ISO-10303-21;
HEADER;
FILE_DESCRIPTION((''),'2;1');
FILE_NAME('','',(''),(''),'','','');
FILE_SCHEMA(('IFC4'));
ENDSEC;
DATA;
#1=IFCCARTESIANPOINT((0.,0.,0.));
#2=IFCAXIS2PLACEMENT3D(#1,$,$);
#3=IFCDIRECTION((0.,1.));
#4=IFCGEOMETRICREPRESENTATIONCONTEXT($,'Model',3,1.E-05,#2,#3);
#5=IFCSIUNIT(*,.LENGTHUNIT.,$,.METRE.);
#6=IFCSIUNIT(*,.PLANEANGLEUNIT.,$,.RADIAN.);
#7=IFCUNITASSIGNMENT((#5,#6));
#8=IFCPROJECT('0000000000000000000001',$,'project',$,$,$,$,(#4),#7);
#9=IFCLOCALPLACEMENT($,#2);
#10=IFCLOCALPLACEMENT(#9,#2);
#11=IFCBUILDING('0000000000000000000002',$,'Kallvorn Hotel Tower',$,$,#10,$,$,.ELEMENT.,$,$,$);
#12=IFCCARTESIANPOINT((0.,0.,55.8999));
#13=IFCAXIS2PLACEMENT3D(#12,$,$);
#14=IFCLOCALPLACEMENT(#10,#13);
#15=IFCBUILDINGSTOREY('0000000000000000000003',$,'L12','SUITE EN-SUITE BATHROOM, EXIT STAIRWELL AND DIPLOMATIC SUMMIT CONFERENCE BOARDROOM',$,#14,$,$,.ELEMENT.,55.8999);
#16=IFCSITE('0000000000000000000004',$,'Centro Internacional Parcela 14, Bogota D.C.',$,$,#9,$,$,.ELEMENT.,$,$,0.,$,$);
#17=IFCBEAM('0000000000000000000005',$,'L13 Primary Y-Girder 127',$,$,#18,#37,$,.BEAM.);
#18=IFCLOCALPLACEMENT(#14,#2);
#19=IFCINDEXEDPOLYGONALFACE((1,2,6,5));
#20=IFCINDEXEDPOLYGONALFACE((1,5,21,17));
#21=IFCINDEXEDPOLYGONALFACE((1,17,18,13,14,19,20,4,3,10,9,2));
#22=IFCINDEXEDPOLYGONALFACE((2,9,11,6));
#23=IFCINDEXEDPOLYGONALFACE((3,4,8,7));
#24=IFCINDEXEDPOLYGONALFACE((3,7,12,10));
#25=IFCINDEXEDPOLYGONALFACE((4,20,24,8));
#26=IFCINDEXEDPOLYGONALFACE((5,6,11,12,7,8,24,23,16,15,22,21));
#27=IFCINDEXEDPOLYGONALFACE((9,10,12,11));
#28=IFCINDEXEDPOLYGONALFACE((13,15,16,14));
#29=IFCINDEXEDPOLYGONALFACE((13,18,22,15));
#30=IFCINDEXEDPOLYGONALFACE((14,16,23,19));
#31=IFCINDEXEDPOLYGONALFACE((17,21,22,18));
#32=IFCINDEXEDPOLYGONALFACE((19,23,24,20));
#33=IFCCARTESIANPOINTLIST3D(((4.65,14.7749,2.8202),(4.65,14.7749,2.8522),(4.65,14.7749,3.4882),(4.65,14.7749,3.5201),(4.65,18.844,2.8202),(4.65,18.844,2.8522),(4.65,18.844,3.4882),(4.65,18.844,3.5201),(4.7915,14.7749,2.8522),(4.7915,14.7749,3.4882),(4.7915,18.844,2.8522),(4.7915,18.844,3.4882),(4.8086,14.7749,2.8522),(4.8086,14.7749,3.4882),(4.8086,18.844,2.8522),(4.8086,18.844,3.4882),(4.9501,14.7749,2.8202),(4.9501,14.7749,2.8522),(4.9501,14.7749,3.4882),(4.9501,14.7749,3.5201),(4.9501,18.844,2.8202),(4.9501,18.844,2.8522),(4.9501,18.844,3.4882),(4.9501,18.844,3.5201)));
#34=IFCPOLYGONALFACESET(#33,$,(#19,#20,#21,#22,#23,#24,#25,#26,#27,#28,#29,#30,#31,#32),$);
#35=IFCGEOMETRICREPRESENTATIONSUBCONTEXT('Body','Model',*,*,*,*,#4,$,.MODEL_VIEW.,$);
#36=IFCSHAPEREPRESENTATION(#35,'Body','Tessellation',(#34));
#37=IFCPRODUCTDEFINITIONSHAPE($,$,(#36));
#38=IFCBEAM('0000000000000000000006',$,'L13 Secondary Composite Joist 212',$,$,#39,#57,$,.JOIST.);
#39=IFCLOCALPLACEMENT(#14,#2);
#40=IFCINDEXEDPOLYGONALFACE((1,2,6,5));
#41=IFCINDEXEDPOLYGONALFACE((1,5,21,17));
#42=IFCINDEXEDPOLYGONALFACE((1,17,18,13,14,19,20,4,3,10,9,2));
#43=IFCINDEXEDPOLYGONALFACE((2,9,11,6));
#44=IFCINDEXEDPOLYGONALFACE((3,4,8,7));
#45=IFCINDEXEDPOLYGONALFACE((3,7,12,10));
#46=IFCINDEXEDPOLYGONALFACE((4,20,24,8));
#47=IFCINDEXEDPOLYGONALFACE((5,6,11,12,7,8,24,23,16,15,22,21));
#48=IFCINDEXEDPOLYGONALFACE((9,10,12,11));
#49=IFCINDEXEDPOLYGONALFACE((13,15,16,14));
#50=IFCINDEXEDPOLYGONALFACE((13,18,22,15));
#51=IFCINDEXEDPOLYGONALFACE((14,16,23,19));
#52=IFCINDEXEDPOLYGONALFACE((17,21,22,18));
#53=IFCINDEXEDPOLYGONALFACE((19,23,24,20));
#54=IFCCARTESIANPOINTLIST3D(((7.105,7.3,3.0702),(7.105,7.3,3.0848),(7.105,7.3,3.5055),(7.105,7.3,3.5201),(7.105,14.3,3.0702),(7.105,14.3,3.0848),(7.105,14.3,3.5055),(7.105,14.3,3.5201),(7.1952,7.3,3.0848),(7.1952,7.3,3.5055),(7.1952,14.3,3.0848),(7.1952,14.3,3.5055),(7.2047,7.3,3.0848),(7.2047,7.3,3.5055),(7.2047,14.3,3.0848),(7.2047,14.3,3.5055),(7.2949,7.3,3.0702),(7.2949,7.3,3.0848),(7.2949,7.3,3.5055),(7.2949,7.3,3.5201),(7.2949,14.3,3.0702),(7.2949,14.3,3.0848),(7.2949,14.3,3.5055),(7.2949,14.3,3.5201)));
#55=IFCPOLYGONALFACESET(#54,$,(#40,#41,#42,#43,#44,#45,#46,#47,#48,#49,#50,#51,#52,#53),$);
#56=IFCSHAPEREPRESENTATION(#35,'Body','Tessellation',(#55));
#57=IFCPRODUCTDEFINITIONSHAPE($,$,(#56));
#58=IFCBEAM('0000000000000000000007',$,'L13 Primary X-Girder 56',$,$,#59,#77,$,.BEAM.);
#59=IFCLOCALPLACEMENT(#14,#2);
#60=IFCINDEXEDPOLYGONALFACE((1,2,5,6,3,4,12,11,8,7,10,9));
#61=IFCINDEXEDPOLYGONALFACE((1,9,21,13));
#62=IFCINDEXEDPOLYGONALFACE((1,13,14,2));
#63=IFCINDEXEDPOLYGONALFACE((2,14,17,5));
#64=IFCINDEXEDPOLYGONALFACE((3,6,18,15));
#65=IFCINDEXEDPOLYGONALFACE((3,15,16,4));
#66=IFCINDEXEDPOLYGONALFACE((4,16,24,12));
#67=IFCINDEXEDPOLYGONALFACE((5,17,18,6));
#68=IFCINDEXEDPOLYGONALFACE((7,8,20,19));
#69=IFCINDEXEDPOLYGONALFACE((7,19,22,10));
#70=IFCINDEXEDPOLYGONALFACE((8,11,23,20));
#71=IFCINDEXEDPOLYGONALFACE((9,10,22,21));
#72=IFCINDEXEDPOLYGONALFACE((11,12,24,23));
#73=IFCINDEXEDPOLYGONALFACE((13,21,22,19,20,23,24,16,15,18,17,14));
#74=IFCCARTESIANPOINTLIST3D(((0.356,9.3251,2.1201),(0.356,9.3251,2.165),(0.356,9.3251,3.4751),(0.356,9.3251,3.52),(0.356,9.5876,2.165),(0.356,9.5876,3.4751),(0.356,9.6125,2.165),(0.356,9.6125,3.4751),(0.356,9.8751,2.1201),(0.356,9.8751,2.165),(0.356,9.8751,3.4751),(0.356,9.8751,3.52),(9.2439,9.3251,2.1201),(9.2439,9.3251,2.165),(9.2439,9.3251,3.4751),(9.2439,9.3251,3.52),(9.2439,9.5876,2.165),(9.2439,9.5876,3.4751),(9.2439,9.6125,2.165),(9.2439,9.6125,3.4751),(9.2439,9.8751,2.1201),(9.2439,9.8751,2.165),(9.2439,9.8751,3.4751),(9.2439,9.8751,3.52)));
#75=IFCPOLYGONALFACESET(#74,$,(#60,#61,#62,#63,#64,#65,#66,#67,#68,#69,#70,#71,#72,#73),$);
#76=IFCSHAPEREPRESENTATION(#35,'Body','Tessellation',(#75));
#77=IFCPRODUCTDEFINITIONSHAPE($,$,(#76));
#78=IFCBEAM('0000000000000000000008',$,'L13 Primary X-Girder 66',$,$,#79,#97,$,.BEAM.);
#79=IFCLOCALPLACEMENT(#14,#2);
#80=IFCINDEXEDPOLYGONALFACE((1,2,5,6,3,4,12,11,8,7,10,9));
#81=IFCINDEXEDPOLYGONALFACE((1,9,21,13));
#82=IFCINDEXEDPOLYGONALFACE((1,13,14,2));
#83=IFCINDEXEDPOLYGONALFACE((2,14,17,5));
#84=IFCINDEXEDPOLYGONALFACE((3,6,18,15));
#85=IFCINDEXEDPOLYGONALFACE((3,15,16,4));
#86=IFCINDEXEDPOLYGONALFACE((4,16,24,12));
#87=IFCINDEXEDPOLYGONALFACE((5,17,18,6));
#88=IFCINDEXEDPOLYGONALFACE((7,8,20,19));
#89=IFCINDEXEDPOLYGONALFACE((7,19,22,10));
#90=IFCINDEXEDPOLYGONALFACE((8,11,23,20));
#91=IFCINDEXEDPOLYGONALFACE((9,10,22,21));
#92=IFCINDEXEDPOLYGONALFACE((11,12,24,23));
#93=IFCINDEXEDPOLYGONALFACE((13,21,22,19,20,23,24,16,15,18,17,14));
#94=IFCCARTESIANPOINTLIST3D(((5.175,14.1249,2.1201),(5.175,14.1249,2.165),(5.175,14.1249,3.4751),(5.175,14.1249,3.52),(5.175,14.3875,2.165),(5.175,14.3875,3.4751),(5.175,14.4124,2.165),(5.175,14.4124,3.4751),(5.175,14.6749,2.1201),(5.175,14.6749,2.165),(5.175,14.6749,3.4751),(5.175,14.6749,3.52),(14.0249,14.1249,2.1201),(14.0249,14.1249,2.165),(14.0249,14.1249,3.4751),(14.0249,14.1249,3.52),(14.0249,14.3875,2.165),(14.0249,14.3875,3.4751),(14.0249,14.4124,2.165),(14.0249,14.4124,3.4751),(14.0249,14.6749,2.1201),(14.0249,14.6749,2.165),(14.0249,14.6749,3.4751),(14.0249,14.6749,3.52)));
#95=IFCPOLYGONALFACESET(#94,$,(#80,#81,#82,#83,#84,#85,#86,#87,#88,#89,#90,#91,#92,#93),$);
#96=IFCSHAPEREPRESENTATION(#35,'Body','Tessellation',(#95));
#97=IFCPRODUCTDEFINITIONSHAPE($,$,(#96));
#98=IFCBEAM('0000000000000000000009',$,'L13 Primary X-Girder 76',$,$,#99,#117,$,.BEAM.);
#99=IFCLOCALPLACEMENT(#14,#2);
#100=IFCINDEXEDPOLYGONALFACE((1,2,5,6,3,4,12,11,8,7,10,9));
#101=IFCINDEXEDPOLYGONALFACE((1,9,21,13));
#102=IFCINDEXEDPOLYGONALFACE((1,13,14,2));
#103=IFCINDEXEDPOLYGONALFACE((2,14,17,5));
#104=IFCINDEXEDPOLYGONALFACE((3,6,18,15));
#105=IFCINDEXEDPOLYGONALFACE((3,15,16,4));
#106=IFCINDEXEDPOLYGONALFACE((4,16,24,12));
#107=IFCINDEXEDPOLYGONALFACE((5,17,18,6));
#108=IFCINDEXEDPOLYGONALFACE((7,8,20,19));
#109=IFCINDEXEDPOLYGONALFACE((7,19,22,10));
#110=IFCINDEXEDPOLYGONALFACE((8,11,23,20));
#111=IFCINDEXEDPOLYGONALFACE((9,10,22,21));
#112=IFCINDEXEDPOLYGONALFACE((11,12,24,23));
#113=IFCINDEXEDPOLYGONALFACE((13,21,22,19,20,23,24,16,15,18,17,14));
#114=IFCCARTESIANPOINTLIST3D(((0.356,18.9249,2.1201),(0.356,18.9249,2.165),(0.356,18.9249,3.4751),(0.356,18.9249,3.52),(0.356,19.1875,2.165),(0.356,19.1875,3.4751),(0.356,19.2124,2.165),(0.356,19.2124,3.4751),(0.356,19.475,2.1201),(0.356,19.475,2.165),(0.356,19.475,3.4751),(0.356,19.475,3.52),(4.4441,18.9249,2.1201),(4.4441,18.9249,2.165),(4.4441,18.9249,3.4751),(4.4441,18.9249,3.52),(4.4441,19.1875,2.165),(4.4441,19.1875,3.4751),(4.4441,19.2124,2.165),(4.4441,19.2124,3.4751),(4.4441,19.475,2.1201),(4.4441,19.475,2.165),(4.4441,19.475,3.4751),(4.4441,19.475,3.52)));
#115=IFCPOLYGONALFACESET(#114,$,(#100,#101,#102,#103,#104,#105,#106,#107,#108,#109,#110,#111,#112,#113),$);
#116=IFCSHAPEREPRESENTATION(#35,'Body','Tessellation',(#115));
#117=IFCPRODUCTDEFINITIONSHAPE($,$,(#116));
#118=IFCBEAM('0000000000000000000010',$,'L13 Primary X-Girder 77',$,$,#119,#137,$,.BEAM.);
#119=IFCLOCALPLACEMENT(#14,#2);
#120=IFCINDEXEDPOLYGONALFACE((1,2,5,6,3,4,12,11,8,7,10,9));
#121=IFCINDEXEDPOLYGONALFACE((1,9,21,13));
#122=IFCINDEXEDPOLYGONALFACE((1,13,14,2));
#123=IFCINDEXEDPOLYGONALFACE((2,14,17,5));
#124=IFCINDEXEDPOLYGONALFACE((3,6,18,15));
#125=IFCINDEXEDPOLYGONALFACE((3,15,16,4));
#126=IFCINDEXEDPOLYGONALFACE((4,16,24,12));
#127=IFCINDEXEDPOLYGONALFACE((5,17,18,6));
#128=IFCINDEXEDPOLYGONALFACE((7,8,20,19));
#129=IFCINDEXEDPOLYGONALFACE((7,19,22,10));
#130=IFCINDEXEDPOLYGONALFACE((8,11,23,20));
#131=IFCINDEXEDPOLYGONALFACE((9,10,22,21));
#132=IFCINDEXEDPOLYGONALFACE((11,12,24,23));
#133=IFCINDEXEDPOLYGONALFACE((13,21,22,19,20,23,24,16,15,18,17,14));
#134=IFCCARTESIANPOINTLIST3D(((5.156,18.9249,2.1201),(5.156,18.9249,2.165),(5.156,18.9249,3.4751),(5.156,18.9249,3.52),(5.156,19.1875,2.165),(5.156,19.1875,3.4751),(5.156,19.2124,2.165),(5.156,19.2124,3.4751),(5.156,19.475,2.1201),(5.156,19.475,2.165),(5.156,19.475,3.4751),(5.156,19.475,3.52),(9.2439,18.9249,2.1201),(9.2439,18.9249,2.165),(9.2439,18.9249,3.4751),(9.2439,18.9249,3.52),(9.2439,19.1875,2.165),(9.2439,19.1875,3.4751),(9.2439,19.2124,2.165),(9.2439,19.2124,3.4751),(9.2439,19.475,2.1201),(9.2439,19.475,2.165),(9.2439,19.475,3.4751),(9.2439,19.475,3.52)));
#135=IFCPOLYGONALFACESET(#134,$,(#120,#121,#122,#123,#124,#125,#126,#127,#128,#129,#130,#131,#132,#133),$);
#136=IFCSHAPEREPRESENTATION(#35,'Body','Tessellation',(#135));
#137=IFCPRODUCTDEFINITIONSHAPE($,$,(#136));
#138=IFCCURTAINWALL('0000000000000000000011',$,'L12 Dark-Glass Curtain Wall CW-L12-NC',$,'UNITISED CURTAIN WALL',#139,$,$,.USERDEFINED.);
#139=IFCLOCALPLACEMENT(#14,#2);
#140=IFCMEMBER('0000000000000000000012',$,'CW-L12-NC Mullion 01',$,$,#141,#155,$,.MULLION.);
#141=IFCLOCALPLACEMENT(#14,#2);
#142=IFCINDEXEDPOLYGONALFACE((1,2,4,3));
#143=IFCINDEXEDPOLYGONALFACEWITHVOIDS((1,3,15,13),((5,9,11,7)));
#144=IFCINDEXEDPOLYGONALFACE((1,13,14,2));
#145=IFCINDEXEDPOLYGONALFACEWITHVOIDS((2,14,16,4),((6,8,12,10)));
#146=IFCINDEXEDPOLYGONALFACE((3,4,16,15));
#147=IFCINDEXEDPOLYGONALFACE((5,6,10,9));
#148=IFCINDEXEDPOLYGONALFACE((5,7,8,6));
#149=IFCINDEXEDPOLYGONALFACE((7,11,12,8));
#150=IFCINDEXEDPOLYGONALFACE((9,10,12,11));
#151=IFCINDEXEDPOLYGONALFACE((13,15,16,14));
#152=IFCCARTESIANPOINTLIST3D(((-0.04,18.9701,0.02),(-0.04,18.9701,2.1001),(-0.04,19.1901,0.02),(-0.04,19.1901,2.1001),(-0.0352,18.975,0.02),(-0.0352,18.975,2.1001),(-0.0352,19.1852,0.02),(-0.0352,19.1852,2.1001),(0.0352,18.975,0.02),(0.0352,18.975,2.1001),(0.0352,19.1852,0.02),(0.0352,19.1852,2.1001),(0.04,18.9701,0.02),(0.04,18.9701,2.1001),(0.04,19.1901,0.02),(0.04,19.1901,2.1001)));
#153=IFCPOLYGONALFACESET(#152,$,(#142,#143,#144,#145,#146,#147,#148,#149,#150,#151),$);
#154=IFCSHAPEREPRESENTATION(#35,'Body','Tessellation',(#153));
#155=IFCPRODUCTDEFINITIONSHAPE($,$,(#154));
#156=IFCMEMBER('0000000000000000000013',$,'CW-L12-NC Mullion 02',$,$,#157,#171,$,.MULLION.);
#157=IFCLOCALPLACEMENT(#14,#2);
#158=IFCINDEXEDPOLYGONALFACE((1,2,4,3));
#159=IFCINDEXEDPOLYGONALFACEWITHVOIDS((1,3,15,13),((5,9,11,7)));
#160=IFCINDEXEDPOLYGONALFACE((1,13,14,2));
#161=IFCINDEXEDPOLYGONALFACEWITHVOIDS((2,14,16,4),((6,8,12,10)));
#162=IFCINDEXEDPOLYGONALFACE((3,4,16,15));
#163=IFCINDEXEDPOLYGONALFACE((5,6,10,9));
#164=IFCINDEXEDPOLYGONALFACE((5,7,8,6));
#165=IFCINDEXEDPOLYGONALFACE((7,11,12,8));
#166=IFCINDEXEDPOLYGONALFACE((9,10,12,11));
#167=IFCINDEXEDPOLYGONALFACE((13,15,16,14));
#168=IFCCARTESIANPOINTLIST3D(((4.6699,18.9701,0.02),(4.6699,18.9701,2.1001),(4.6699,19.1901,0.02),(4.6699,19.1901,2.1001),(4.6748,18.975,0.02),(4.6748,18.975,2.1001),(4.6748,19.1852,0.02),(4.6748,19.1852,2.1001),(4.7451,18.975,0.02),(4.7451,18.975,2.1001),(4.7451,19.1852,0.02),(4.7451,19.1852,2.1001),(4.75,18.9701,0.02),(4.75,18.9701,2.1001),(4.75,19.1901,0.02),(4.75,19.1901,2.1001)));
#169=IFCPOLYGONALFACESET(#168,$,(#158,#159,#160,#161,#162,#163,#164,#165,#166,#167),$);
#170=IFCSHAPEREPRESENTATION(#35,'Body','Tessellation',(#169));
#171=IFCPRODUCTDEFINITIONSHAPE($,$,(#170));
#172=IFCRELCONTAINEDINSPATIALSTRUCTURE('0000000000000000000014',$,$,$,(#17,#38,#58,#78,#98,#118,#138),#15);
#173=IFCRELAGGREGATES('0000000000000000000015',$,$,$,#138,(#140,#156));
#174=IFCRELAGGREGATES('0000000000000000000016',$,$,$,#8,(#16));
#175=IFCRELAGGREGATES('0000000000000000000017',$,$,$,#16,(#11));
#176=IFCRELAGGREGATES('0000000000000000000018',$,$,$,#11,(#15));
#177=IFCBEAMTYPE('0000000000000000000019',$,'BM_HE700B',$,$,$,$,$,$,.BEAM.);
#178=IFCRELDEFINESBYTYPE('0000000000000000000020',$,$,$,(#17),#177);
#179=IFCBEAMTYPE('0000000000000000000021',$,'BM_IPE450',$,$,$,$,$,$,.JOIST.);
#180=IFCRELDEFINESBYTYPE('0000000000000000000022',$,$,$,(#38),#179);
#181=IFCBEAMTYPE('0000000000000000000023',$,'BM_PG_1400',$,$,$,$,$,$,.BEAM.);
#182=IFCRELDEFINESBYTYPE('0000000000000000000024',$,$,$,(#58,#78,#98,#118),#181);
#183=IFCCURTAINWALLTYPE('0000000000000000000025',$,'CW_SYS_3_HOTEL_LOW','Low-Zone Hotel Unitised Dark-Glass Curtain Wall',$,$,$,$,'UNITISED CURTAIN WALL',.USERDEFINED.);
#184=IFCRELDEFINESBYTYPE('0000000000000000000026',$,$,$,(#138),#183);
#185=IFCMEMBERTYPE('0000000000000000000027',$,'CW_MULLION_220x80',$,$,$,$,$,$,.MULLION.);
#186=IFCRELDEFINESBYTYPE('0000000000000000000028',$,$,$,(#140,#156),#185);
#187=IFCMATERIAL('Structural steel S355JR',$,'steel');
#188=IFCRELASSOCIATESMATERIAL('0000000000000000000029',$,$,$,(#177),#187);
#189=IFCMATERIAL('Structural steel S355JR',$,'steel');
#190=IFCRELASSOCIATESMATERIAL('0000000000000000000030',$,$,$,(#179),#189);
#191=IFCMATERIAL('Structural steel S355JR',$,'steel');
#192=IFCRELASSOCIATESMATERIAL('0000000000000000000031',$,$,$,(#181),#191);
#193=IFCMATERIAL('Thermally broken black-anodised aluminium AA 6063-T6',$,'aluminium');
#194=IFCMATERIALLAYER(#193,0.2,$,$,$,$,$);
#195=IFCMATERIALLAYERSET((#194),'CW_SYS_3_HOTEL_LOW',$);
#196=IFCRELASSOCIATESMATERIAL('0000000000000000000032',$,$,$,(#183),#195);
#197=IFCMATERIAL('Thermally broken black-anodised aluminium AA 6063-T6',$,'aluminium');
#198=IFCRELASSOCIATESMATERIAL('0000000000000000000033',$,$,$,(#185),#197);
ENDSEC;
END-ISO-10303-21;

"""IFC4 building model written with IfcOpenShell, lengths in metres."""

from ifc_helpers import new_model, si_unit, direction, frame, origin, origin_2d, place, context, subcontext, project, spatial, hollow_rectangle, i_section, extrude, material, layer, layer_set, material_profile, profile_set, type_object, element, aggregate, save


model = new_model("IFC4")

# Units and contexts
model_context = context("Model", 3, precision=1e-05, world=origin(), true_north=direction((0.0, 1.0)))
body_context = subcontext(model_context, "Body", "Model", "MODEL_VIEW")
ifc_project = project(units=[si_unit("LENGTHUNIT", "METRE"), si_unit("PLANEANGLEUNIT", "RADIAN")], contexts=[model_context])

# Site, building, storey
site_placement = place(None, origin())
site = spatial("IfcSite", under=ifc_project, at=site_placement, Name="Centro Internacional Parcela 14, Bogota D.C.", CompositionType="ELEMENT", RefElevation=0.0)
building_placement = place(site_placement, origin())
building = spatial("IfcBuilding", under=site, at=building_placement, Name="Kallvorn Hotel Tower", CompositionType="ELEMENT")
storey_placement = place(building_placement, frame((0.0, 0.0, 55.8999)))
storey = spatial("IfcBuildingStorey", under=building, at=storey_placement, Name="L12", Description="SUITE EN-SUITE BATHROOM, EXIT STAIRWELL AND DIPLOMATIC SUMMIT CONFERENCE BOARDROOM", CompositionType="ELEMENT", Elevation=55.8999)

# Beams
ifc_material_1 = material(Name="Structural steel S355JR", Category="steel")
ifc_material_profile_1 = material_profile(ifc_material_1, i_section(OverallWidth=0.3, OverallDepth=0.7, WebThickness=0.0171, FlangeThickness=0.032, at=origin_2d()), Name="HE 700 B")
ifc_profile_set_1 = profile_set([ifc_material_profile_1], Name="Structural steel S355JR")
beam_type_1 = type_object("IfcBeamType", Name="BM_HE700B", PredefinedType="BEAM", material=ifc_profile_set_1)
beam_1_placement = place(storey_placement, frame((4.8, 14.7749, 3.1702), z_axis=(0.0, 1.0, 0.0), x_axis=(-1.0, 0.0, 0.0)))
element("IfcBeam", 1, at=beam_1_placement, inside=storey, type_object=beam_type_1, Name="L13 Primary Y-Girder 127", PredefinedType="BEAM", context=body_context, shape_type="SweptSolid", body=[
    extrude(i_section(OverallWidth=0.3, OverallDepth=0.7, WebThickness=0.0171, FlangeThickness=0.032, at=origin_2d()), origin(), (0.0, 0.0, 1.0), 4.0691),
])
ifc_material_2 = material(Name="Structural steel S355JR", Category="steel")
ifc_material_profile_2 = material_profile(ifc_material_2, i_section(OverallWidth=0.1899, OverallDepth=0.45, WebThickness=0.0095, FlangeThickness=0.0146, at=origin_2d()), Name="IPE 450")
ifc_profile_set_2 = profile_set([ifc_material_profile_2], Name="Structural steel S355JR")
beam_type_2 = type_object("IfcBeamType", Name="BM_IPE450", PredefinedType="JOIST", material=ifc_profile_set_2)
beam_2_placement = place(storey_placement, frame((7.2, 7.3, 3.2952), z_axis=(0.0, 1.0, 0.0), x_axis=(-1.0, 0.0, 0.0)))
element("IfcBeam", 2, at=beam_2_placement, inside=storey, type_object=beam_type_2, Name="L13 Secondary Composite Joist 212", PredefinedType="JOIST", context=body_context, shape_type="SweptSolid", body=[
    extrude(i_section(OverallWidth=0.1899, OverallDepth=0.45, WebThickness=0.0095, FlangeThickness=0.0146, at=origin_2d()), origin(), (0.0, 0.0, 1.0), 7.0),
])
ifc_material_3 = material(Name="Structural steel S355JR", Category="steel")
ifc_material_profile_3 = material_profile(ifc_material_3, i_section(OverallWidth=0.55, OverallDepth=1.3999, WebThickness=0.0249, FlangeThickness=0.0449, at=origin_2d()), Name="PG 1400x550x25x45")
ifc_profile_set_3 = profile_set([ifc_material_profile_3], Name="Structural steel S355JR")
beam_type_3 = type_object("IfcBeamType", Name="BM_PG_1400", PredefinedType="BEAM", material=ifc_profile_set_3)
beam_3_placement = place(storey_placement, frame((0.356, 9.6001, 2.8201), z_axis=(1.0, 0.0, 0.0), x_axis=(0.0, 1.0, 0.0)))
element("IfcBeam", 3, at=beam_3_placement, inside=storey, type_object=beam_type_3, Name="L13 Primary X-Girder 56", PredefinedType="BEAM", context=body_context, shape_type="SweptSolid", body=[
    extrude(i_section(OverallWidth=0.55, OverallDepth=1.3999, WebThickness=0.0249, FlangeThickness=0.0449, at=origin_2d()), origin(), (0.0, 0.0, 1.0), 8.8879),
])
beam_4_placement = place(storey_placement, frame((5.175, 14.3999, 2.8201), z_axis=(1.0, 0.0, 0.0), x_axis=(0.0, 1.0, 0.0)))
element("IfcBeam", 4, at=beam_4_placement, inside=storey, type_object=beam_type_3, Name="L13 Primary X-Girder 66", PredefinedType="BEAM", context=body_context, shape_type="SweptSolid", body=[
    extrude(i_section(OverallWidth=0.55, OverallDepth=1.3999, WebThickness=0.0249, FlangeThickness=0.0449, at=origin_2d()), origin(), (0.0, 0.0, 1.0), 8.8499),
])
beam_5_placement = place(storey_placement, frame((0.356, 19.2, 2.8201), z_axis=(1.0, 0.0, 0.0), x_axis=(0.0, 1.0, 0.0)))
element("IfcBeam", 5, at=beam_5_placement, inside=storey, type_object=beam_type_3, Name="L13 Primary X-Girder 76", PredefinedType="BEAM", context=body_context, shape_type="SweptSolid", body=[
    extrude(i_section(OverallWidth=0.55, OverallDepth=1.3999, WebThickness=0.0249, FlangeThickness=0.0449, at=origin_2d()), origin(), (0.0, 0.0, 1.0), 4.0881),
])
beam_6_placement = place(storey_placement, frame((5.156, 19.2, 2.8201), z_axis=(1.0, 0.0, 0.0), x_axis=(0.0, 1.0, 0.0)))
element("IfcBeam", 6, at=beam_6_placement, inside=storey, type_object=beam_type_3, Name="L13 Primary X-Girder 77", PredefinedType="BEAM", context=body_context, shape_type="SweptSolid", body=[
    extrude(i_section(OverallWidth=0.55, OverallDepth=1.3999, WebThickness=0.0249, FlangeThickness=0.0449, at=origin_2d()), origin(), (0.0, 0.0, 1.0), 4.0879),
])

# Curtain wall, members
ifc_material_4 = material(Name="Thermally broken black-anodised aluminium AA 6063-T6", Category="aluminium")
ifc_layer_1 = layer(ifc_material_4, 0.2)
ifc_layer_set_1 = layer_set([ifc_layer_1], Name="CW_SYS_3_HOTEL_LOW")
curtain_wall_type = type_object("IfcCurtainWallType", Name="CW_SYS_3_HOTEL_LOW", Description="Low-Zone Hotel Unitised Dark-Glass Curtain Wall", ElementType="UNITISED CURTAIN WALL", PredefinedType="USERDEFINED", material=ifc_layer_set_1)
curtain_wall_placement = place(storey_placement, origin())
curtain_wall = element("IfcCurtainWall", 7, at=curtain_wall_placement, inside=storey, type_object=curtain_wall_type, Name="L12 Dark-Glass Curtain Wall CW-L12-NC", ObjectType="UNITISED CURTAIN WALL", PredefinedType="USERDEFINED")
ifc_material_5 = material(Name="Thermally broken black-anodised aluminium AA 6063-T6", Category="aluminium")
ifc_material_profile_4 = material_profile(ifc_material_5, hollow_rectangle(XDim=0.0801, YDim=0.22, WallThickness=0.0049, at=origin_2d()), Name="MUL 220x80")
ifc_profile_set_4 = profile_set([ifc_material_profile_4], Name="Thermally broken black-anodised aluminium AA 6063-T6")
member_type_1 = type_object("IfcMemberType", Name="CW_MULLION_220x80", PredefinedType="MULLION", material=ifc_profile_set_4)
member_1_placement = place(storey_placement, frame((0.0, 19.0801, 0.02), z_axis=(0.0, 0.0, 1.0), x_axis=(1.0, 0.0, 0.0)))
member_1 = element("IfcMember", 8, at=member_1_placement, type_object=member_type_1, Name="CW-L12-NC Mullion 01", PredefinedType="MULLION", context=body_context, shape_type="SweptSolid", body=[
    extrude(hollow_rectangle(XDim=0.0801, YDim=0.22, WallThickness=0.0049, at=origin_2d()), origin(), (0.0, 0.0, 1.0), 2.0801),
])
member_2_placement = place(storey_placement, frame((4.71, 19.0801, 0.02), z_axis=(0.0, 0.0, 1.0), x_axis=(1.0, 0.0, 0.0)))
member_2 = element("IfcMember", 9, at=member_2_placement, type_object=member_type_1, Name="CW-L12-NC Mullion 02", PredefinedType="MULLION", context=body_context, shape_type="SweptSolid", body=[
    extrude(hollow_rectangle(XDim=0.0801, YDim=0.22, WallThickness=0.0049, at=origin_2d()), origin(), (0.0, 0.0, 1.0), 2.0801),
])
aggregate(curtain_wall, [member_1, member_2])

save(model, "model.ifc")
